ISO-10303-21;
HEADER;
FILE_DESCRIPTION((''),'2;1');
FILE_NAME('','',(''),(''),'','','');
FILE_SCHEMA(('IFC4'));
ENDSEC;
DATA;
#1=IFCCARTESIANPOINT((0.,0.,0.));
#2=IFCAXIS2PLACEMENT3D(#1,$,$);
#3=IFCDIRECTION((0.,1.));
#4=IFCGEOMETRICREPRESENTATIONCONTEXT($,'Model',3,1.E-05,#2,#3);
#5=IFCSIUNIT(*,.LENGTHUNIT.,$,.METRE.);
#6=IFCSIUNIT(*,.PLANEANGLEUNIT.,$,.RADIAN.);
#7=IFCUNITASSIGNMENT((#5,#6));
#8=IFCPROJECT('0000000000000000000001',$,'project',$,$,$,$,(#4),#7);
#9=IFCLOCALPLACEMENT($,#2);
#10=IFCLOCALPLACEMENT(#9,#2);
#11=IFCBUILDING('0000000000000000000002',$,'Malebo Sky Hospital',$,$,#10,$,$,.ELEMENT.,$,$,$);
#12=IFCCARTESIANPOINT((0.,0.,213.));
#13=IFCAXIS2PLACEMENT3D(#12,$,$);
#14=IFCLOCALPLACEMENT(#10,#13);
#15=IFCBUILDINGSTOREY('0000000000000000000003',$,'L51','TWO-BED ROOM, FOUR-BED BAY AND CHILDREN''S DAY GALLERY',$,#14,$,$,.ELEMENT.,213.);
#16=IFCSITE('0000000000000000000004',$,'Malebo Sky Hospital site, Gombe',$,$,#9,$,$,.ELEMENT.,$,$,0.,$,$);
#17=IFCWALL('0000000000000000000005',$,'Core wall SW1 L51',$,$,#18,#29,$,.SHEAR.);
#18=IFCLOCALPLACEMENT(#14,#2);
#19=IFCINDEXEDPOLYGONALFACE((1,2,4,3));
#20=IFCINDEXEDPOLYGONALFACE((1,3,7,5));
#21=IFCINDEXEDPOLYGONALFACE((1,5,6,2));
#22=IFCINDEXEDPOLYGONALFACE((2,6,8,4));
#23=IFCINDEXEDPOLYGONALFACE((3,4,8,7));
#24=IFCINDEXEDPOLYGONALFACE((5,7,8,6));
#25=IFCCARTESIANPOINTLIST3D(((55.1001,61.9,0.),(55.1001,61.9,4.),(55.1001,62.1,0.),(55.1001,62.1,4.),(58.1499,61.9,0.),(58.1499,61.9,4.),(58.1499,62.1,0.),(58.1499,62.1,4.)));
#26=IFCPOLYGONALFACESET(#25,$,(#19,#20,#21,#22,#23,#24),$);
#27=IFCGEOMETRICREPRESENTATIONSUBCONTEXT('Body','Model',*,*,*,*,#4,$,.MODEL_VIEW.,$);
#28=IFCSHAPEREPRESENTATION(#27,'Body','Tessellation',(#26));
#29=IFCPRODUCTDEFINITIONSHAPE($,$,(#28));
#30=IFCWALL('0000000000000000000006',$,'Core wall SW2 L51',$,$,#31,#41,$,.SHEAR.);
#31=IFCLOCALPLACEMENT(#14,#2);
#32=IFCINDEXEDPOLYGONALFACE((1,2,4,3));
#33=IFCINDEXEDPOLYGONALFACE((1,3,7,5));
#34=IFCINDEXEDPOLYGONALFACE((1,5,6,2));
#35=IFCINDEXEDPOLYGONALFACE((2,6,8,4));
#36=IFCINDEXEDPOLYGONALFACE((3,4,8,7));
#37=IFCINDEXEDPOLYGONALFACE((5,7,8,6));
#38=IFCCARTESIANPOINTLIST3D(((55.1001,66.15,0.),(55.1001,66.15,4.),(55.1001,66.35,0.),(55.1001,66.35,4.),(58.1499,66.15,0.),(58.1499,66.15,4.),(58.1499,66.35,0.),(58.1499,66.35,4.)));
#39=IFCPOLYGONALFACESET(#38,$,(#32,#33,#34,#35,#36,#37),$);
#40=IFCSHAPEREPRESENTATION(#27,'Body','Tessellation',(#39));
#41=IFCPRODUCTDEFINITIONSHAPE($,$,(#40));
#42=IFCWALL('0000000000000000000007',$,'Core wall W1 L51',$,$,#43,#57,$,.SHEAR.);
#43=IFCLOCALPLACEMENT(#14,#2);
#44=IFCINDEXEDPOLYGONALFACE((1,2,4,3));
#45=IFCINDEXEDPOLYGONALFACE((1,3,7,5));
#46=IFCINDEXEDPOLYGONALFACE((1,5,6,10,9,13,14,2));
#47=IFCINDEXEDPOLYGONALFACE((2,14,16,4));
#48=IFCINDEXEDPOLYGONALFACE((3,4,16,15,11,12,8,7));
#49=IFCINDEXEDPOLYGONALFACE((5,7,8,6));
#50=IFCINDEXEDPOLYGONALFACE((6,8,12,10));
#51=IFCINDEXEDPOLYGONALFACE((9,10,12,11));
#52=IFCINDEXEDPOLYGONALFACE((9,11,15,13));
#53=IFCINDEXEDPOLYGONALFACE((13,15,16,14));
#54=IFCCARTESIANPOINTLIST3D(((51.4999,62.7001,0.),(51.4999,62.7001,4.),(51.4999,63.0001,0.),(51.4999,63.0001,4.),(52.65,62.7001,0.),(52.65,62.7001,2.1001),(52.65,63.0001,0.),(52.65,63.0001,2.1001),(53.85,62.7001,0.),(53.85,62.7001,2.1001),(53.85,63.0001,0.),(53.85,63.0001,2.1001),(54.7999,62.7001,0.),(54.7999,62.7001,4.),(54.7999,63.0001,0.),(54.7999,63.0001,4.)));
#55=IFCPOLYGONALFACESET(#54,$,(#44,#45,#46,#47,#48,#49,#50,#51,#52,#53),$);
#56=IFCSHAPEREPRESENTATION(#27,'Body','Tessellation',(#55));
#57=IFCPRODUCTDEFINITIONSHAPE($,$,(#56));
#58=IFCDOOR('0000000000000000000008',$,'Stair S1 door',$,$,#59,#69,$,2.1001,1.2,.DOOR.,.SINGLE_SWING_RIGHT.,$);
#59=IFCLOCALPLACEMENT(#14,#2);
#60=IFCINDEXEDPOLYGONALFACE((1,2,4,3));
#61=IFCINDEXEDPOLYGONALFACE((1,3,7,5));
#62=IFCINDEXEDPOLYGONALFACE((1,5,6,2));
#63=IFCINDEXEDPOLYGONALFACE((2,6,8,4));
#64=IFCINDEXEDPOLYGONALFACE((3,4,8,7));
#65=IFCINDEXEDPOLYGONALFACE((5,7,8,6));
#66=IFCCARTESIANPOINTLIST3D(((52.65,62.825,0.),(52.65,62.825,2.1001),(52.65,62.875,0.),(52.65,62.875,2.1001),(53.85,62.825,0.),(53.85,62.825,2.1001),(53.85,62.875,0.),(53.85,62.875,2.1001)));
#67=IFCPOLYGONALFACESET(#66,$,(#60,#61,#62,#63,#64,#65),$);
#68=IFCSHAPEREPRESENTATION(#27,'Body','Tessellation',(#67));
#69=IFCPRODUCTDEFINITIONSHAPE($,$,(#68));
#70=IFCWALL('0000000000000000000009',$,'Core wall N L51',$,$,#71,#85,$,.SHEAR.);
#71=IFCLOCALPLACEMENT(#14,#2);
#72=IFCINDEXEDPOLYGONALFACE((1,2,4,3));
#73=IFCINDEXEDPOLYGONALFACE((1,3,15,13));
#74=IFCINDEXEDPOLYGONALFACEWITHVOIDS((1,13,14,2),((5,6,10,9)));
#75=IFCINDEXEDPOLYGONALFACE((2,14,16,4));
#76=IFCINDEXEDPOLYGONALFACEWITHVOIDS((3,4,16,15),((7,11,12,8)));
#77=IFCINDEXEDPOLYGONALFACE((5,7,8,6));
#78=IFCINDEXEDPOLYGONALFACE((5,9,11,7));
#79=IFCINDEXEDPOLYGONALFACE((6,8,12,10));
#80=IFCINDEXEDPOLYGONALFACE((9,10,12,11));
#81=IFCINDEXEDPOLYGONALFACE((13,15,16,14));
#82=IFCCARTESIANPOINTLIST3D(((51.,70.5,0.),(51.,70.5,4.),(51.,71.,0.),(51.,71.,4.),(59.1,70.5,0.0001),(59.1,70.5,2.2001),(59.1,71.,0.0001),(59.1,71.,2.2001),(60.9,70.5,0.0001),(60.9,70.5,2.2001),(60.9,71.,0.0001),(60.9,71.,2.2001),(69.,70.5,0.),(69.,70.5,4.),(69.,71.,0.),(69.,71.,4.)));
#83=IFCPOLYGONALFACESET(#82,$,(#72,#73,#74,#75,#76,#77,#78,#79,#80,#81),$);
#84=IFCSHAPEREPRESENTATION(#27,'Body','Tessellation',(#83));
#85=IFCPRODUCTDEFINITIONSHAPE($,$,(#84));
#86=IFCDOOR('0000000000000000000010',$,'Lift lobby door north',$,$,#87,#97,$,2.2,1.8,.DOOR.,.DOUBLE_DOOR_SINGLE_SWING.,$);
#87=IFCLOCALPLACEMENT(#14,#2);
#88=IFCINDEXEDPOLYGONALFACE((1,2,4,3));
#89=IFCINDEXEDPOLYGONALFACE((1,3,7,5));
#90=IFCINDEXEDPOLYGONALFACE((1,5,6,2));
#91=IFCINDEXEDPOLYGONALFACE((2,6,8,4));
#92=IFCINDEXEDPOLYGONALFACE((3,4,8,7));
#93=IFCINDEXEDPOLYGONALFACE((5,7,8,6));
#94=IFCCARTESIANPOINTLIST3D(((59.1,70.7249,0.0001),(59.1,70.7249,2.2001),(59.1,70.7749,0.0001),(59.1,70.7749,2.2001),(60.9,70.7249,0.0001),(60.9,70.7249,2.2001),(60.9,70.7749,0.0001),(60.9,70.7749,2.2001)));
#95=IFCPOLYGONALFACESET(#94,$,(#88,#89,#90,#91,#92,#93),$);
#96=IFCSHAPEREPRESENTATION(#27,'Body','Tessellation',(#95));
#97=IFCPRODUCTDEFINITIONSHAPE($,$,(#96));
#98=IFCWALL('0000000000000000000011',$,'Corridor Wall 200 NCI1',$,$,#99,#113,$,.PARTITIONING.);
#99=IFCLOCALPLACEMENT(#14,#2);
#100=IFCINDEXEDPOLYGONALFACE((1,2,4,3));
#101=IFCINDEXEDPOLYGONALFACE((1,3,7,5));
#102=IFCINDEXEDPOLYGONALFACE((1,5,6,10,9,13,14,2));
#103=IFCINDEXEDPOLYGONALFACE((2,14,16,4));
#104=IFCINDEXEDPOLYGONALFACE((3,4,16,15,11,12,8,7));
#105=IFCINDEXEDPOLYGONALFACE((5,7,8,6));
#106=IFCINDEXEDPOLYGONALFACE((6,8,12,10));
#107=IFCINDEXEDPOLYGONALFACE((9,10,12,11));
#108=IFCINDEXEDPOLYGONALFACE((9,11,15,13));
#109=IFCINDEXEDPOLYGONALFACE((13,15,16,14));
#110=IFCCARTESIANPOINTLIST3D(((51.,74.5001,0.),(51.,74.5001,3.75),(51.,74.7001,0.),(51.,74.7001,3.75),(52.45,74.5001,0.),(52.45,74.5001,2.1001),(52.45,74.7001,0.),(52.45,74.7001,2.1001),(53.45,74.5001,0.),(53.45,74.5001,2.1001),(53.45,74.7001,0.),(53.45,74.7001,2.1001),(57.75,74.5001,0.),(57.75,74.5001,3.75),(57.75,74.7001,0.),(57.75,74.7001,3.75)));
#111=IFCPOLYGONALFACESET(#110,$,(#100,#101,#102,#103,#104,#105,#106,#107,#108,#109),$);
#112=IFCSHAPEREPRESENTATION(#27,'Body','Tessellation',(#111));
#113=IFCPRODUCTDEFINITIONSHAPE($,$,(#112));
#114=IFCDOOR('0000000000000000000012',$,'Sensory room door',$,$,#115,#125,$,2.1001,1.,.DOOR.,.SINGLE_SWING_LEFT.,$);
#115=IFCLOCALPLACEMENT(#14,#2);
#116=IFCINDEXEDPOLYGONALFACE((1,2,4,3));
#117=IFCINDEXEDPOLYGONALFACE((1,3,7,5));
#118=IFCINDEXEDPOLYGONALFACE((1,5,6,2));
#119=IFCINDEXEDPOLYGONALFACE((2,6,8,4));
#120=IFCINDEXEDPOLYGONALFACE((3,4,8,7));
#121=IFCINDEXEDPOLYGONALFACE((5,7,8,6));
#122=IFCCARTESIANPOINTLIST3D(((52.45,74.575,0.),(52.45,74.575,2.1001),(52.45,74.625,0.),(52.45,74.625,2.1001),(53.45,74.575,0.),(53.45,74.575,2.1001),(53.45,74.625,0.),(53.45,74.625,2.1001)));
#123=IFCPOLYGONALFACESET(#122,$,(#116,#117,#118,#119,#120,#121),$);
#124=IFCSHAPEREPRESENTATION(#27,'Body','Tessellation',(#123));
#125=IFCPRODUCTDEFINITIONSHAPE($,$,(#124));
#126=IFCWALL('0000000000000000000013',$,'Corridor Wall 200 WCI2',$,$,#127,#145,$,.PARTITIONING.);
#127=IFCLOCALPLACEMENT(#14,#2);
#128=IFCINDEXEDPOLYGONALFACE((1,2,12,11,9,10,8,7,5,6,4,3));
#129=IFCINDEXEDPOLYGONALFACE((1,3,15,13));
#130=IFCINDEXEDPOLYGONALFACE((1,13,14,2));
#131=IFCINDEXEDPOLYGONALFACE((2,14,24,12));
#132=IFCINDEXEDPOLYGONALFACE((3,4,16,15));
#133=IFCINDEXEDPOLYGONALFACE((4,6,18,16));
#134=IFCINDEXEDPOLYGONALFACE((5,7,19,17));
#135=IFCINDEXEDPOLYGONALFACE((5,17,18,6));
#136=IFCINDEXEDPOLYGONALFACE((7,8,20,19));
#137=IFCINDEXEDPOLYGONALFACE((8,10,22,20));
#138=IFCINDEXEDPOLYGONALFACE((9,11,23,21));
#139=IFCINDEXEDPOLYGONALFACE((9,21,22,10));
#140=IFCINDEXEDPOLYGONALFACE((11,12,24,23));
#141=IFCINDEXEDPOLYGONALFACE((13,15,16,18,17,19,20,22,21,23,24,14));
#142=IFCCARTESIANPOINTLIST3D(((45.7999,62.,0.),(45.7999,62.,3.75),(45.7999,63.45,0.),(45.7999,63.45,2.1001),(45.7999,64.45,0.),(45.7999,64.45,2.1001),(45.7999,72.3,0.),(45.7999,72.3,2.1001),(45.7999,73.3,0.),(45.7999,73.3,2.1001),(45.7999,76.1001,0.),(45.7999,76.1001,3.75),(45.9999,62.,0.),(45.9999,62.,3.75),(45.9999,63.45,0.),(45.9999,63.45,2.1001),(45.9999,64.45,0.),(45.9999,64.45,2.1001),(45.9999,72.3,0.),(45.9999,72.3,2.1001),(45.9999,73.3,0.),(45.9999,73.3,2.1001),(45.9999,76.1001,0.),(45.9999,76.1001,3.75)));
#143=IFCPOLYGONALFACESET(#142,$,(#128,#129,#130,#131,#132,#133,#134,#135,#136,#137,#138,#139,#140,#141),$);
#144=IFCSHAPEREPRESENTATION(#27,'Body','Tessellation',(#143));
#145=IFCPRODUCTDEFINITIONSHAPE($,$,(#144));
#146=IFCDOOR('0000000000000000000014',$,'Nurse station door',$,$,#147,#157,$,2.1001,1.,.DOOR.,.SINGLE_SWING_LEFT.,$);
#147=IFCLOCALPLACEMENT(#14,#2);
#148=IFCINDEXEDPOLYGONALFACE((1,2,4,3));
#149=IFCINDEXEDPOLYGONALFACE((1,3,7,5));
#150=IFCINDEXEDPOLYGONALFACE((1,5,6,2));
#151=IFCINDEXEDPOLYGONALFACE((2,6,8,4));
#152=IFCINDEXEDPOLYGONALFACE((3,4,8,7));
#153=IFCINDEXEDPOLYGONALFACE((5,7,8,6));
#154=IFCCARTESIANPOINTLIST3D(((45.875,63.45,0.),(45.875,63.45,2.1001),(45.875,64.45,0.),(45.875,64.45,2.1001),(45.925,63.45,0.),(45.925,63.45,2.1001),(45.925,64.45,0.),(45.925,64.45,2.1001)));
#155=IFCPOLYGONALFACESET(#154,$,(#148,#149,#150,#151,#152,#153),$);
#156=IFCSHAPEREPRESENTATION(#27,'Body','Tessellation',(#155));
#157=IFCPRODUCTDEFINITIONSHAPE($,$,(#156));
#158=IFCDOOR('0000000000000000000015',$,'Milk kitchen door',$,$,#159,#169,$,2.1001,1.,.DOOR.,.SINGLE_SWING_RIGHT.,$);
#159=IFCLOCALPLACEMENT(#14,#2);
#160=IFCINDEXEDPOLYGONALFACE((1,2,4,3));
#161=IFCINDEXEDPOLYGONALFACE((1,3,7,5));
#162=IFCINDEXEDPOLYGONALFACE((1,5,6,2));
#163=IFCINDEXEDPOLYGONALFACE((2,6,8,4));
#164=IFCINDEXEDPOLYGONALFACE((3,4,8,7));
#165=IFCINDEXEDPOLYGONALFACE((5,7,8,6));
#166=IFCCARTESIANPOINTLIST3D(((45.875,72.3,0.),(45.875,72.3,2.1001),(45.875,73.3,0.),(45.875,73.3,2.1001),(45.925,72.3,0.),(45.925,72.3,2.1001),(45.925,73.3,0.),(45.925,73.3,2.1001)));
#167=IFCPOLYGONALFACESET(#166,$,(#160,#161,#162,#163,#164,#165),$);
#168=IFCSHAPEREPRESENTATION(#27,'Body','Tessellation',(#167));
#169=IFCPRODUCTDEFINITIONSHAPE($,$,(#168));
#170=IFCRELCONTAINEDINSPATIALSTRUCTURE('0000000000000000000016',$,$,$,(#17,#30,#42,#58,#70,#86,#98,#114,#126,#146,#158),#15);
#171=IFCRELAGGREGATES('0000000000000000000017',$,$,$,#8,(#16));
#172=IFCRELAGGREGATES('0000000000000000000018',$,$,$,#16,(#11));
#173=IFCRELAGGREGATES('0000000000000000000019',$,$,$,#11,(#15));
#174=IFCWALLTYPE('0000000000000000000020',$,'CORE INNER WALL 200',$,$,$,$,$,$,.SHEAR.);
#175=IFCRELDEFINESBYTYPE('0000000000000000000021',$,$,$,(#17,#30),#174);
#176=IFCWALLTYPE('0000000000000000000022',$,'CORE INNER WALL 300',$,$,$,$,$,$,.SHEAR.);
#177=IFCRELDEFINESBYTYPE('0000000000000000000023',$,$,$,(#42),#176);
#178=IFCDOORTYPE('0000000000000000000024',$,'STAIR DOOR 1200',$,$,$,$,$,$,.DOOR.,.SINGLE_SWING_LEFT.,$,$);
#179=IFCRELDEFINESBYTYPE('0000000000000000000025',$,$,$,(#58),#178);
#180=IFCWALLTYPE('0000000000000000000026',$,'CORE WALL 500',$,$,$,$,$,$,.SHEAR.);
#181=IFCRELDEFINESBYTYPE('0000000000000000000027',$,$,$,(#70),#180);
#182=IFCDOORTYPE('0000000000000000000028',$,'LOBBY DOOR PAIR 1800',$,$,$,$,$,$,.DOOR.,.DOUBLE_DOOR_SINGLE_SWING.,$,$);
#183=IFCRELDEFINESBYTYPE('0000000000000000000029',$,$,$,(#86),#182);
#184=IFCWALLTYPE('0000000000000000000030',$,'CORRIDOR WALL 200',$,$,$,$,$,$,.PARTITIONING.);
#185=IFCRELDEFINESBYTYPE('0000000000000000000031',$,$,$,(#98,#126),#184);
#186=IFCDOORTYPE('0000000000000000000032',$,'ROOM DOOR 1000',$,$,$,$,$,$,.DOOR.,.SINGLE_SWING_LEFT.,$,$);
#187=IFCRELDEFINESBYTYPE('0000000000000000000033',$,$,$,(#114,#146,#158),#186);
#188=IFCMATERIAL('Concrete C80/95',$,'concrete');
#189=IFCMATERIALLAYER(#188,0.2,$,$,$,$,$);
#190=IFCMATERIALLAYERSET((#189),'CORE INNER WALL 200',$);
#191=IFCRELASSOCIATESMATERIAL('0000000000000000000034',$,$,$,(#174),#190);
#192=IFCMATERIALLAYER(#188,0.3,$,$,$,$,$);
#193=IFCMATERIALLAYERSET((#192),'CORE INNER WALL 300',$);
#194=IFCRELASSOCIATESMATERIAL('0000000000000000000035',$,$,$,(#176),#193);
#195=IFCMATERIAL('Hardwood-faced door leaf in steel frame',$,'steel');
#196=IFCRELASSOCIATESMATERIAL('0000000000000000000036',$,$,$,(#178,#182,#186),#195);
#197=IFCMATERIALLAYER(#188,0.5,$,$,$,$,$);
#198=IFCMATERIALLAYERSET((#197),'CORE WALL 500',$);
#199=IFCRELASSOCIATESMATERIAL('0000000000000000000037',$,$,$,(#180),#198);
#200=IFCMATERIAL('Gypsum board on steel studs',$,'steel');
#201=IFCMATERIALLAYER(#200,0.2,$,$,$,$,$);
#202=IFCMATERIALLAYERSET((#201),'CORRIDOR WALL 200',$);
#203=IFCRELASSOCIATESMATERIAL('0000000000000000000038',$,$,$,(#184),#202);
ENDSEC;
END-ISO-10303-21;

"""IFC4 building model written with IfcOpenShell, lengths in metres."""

from ifc_helpers import new_model, si_unit, direction, frame, frame_2d, origin, place, context, subcontext, project, spatial, rectangle, extrude, material, layer, layer_set, type_object, element, fill, save


model = new_model("IFC4")

# Units and contexts
model_context = context("Model", 3, precision=1e-05, world=origin(), true_north=direction((0.0, 1.0)))
body_context = subcontext(model_context, "Body", "Model", "MODEL_VIEW")
ifc_project = project(units=[si_unit("LENGTHUNIT", "METRE"), si_unit("PLANEANGLEUNIT", "RADIAN")], contexts=[model_context])

# Site, building, storey
site_placement = place(None, origin())
site = spatial("IfcSite", under=ifc_project, at=site_placement, Name="Malebo Sky Hospital site, Gombe", CompositionType="ELEMENT", RefElevation=0.0)
building_placement = place(site_placement, origin())
building = spatial("IfcBuilding", under=site, at=building_placement, Name="Malebo Sky Hospital", CompositionType="ELEMENT")
storey_placement = place(building_placement, frame((0.0, 0.0, 213.0)))
storey = spatial("IfcBuildingStorey", under=building, at=storey_placement, Name="L51", Description="TWO-BED ROOM, FOUR-BED BAY AND CHILDREN'S DAY GALLERY", CompositionType="ELEMENT", Elevation=213.0)

# Walls
ifc_material_1 = material(Name="Concrete C80/95", Category="concrete")
ifc_layer_1 = layer(ifc_material_1, 0.2)
ifc_layer_set_1 = layer_set([ifc_layer_1], Name="CORE INNER WALL 200")
wall_type_1 = type_object("IfcWallType", Name="CORE INNER WALL 200", PredefinedType="SHEAR", material=ifc_layer_set_1)
for number, where, z_axis, x_axis, name in (
    (1, (55.1001, 62.0, 0.0), (0.0, 0.0, 1.0), (1.0, 0.0, 0.0), "Core wall SW1 L51"),
    (2, (55.1001, 66.25, 0.0), (0.0, 0.0, 1.0), (1.0, 0.0, 0.0), "Core wall SW2 L51"),
):
    element("IfcWall", number, at=place(storey_placement, frame(where, z_axis=z_axis, x_axis=x_axis)), inside=storey, type_object=wall_type_1, Name=name, PredefinedType="SHEAR", context=body_context, shape_type="SweptSolid", body=[
        extrude(rectangle(XDim=3.0498, YDim=0.2, at=frame_2d((1.5249, 0.0))), origin(), (0.0, 0.0, 1.0), 4.0),
    ])

# Walls, openings, doors
ifc_layer_2 = layer(ifc_material_1, 0.3)
ifc_layer_set_2 = layer_set([ifc_layer_2], Name="CORE INNER WALL 300")
wall_type_2 = type_object("IfcWallType", Name="CORE INNER WALL 300", PredefinedType="SHEAR", material=ifc_layer_set_2)
wall_1_placement = place(storey_placement, frame((51.5, 62.8501, 0.0), z_axis=(0.0, 0.0, 1.0), x_axis=(1.0, 0.0, 0.0)))
wall_1 = element("IfcWall", 3, at=wall_1_placement, inside=storey, type_object=wall_type_2, Name="Core wall W1 L51", PredefinedType="SHEAR", context=body_context, shape_type="SweptSolid", body=[
    extrude(rectangle(XDim=3.3, YDim=0.3, at=frame_2d((1.6499, 0.0))), origin(), (0.0, 0.0, 1.0), 4.0),
])
opening_1_placement = place(wall_1_placement, frame((1.1499, 0.0, 0.0)))
opening_1 = element("IfcOpeningElement", 4, at=opening_1_placement, cuts=wall_1, PredefinedType="OPENING", context=body_context, shape_type="SweptSolid", body=[
    extrude(rectangle(XDim=1.2, YDim=2.1001, at=frame_2d((0.6001, 1.05))), frame((0.0, 0.1599, 0.0), z_axis=(0.0, -1.0, 0.0), x_axis=(1.0, 0.0, 0.0)), (0.0, 0.0, 1.0), 0.3201),
])
ifc_material_2 = material(Name="Hardwood-faced door leaf in steel frame", Category="steel")
door_type_1 = type_object("IfcDoorType", Name="STAIR DOOR 1200", OperationType="SINGLE_SWING_LEFT", PredefinedType="DOOR", material=ifc_material_2)
door_1_placement = place(opening_1_placement, origin())
door_1 = element("IfcDoor", 5, at=door_1_placement, inside=storey, type_object=door_type_1, Name="Stair S1 door", OperationType="SINGLE_SWING_RIGHT", OverallHeight=2.1001, OverallWidth=1.2, PredefinedType="DOOR", context=body_context, shape_type="SweptSolid", body=[
    extrude(rectangle(XDim=1.2, YDim=2.1001, at=frame_2d((0.6001, 1.05))), frame((0.0, 0.0249, 0.0), z_axis=(0.0, -1.0, 0.0), x_axis=(1.0, 0.0, 0.0)), (0.0, 0.0, 1.0), 0.05),
])
fill(opening_1, door_1)
ifc_layer_3 = layer(ifc_material_1, 0.5)
ifc_layer_set_3 = layer_set([ifc_layer_3], Name="CORE WALL 500")
wall_type_3 = type_object("IfcWallType", Name="CORE WALL 500", PredefinedType="SHEAR", material=ifc_layer_set_3)
wall_2_placement = place(storey_placement, frame((51.0, 70.75, 0.0), z_axis=(0.0, 0.0, 1.0), x_axis=(1.0, 0.0, 0.0)))
wall_2 = element("IfcWall", 6, at=wall_2_placement, inside=storey, type_object=wall_type_3, Name="Core wall N L51", PredefinedType="SHEAR", context=body_context, shape_type="SweptSolid", body=[
    extrude(rectangle(XDim=18.0, YDim=0.5, at=frame_2d((9.0, 0.0))), origin(), (0.0, 0.0, 1.0), 4.0),
])
opening_2_placement = place(wall_2_placement, frame((8.1001, 0.0, 0.0)))
opening_2 = element("IfcOpeningElement", 7, at=opening_2_placement, cuts=wall_2, PredefinedType="OPENING", context=body_context, shape_type="SweptSolid", body=[
    extrude(rectangle(XDim=1.8, YDim=2.2, at=frame_2d((0.8999, 1.1001))), frame((0.0, 0.26, 0.0), z_axis=(0.0, -1.0, 0.0), x_axis=(1.0, 0.0, 0.0)), (0.0, 0.0, 1.0), 0.52),
])
door_type_2 = type_object("IfcDoorType", Name="LOBBY DOOR PAIR 1800", OperationType="DOUBLE_DOOR_SINGLE_SWING", PredefinedType="DOOR", material=ifc_material_2)
door_2_placement = place(opening_2_placement, origin())
door_2 = element("IfcDoor", 8, at=door_2_placement, inside=storey, type_object=door_type_2, Name="Lift lobby door north", OperationType="DOUBLE_DOOR_SINGLE_SWING", OverallHeight=2.2, OverallWidth=1.8, PredefinedType="DOOR", context=body_context, shape_type="SweptSolid", body=[
    extrude(rectangle(XDim=1.8, YDim=2.2, at=frame_2d((0.8999, 1.1001))), frame((0.0, 0.0249, 0.0), z_axis=(0.0, -1.0, 0.0), x_axis=(1.0, 0.0, 0.0)), (0.0, 0.0, 1.0), 0.05),
])
fill(opening_2, door_2)
ifc_material_3 = material(Name="Gypsum board on steel studs", Category="steel")
ifc_layer_4 = layer(ifc_material_3, 0.2)
ifc_layer_set_4 = layer_set([ifc_layer_4], Name="CORRIDOR WALL 200")
wall_type_4 = type_object("IfcWallType", Name="CORRIDOR WALL 200", PredefinedType="PARTITIONING", material=ifc_layer_set_4)
wall_3_placement = place(storey_placement, frame((51.0, 74.6001, 0.0), z_axis=(0.0, 0.0, 1.0), x_axis=(1.0, 0.0, 0.0)))
wall_3 = element("IfcWall", 9, at=wall_3_placement, inside=storey, type_object=wall_type_4, Name="Corridor Wall 200 NCI1", PredefinedType="PARTITIONING", context=body_context, shape_type="SweptSolid", body=[
    extrude(rectangle(XDim=6.75, YDim=0.2, at=frame_2d((3.375, 0.0))), origin(), (0.0, 0.0, 1.0), 3.75),
])
opening_3_placement = place(wall_3_placement, frame((1.45, 0.0, 0.0)))
opening_3 = element("IfcOpeningElement", 10, at=opening_3_placement, cuts=wall_3, PredefinedType="OPENING", context=body_context, shape_type="SweptSolid", body=[
    extrude(rectangle(XDim=1.0, YDim=2.1001, at=frame_2d((0.5, 1.05))), frame((0.0, 0.1099, 0.0), z_axis=(0.0, -1.0, 0.0), x_axis=(1.0, 0.0, 0.0)), (0.0, 0.0, 1.0), 0.22),
])
door_type_3 = type_object("IfcDoorType", Name="ROOM DOOR 1000", OperationType="SINGLE_SWING_LEFT", PredefinedType="DOOR", material=ifc_material_2)
door_3_placement = place(opening_3_placement, origin())
door_3 = element("IfcDoor", 11, at=door_3_placement, inside=storey, type_object=door_type_3, Name="Sensory room door", OperationType="SINGLE_SWING_LEFT", OverallHeight=2.1001, OverallWidth=1.0, PredefinedType="DOOR", context=body_context, shape_type="SweptSolid", body=[
    extrude(rectangle(XDim=1.0, YDim=2.1001, at=frame_2d((0.5, 1.05))), frame((0.0, 0.0249, 0.0), z_axis=(0.0, -1.0, 0.0), x_axis=(1.0, 0.0, 0.0)), (0.0, 0.0, 1.0), 0.05),
])
fill(opening_3, door_3)

# Wall, openings, doors
wall_4_placement = place(storey_placement, frame((45.8999, 62.0, 0.0), z_axis=(0.0, 0.0, 1.0), x_axis=(0.0, 1.0, 0.0)))
wall_4 = element("IfcWall", 12, at=wall_4_placement, inside=storey, type_object=wall_type_4, Name="Corridor Wall 200 WCI2", PredefinedType="PARTITIONING", context=body_context, shape_type="SweptSolid", body=[
    extrude(rectangle(XDim=14.1001, YDim=0.2, at=frame_2d((7.05, 0.0))), origin(), (0.0, 0.0, 1.0), 3.75),
])
opening_4_placement = place(wall_4_placement, frame((1.45, 0.0, 0.0)))
opening_4 = element("IfcOpeningElement", 13, at=opening_4_placement, cuts=wall_4, PredefinedType="OPENING", context=body_context, shape_type="SweptSolid", body=[
    extrude(rectangle(XDim=1.0, YDim=2.1001, at=frame_2d((0.5, 1.05))), frame((0.0, 0.1099, 0.0), z_axis=(0.0, -1.0, 0.0), x_axis=(1.0, 0.0, 0.0)), (0.0, 0.0, 1.0), 0.22),
])
opening_5_placement = place(wall_4_placement, frame((10.3, 0.0, 0.0)))
opening_5 = element("IfcOpeningElement", 14, at=opening_5_placement, cuts=wall_4, PredefinedType="OPENING", context=body_context, shape_type="SweptSolid", body=[
    extrude(rectangle(XDim=1.0, YDim=2.1001, at=frame_2d((0.5, 1.05))), frame((0.0, 0.1099, 0.0), z_axis=(0.0, -1.0, 0.0), x_axis=(1.0, 0.0, 0.0)), (0.0, 0.0, 1.0), 0.22),
])
door_4_placement = place(opening_4_placement, origin())
door_4 = element("IfcDoor", 15, at=door_4_placement, inside=storey, type_object=door_type_3, Name="Nurse station door", OperationType="SINGLE_SWING_LEFT", OverallHeight=2.1001, OverallWidth=1.0, PredefinedType="DOOR", context=body_context, shape_type="SweptSolid", body=[
    extrude(rectangle(XDim=1.0, YDim=2.1001, at=frame_2d((0.5, 1.05))), frame((0.0, 0.0249, 0.0), z_axis=(0.0, -1.0, 0.0), x_axis=(1.0, 0.0, 0.0)), (0.0, 0.0, 1.0), 0.05),
])
fill(opening_4, door_4)
door_5_placement = place(opening_5_placement, origin())
door_5 = element("IfcDoor", 16, at=door_5_placement, inside=storey, type_object=door_type_3, Name="Milk kitchen door", OperationType="SINGLE_SWING_RIGHT", OverallHeight=2.1001, OverallWidth=1.0, PredefinedType="DOOR", context=body_context, shape_type="SweptSolid", body=[
    extrude(rectangle(XDim=1.0, YDim=2.1001, at=frame_2d((0.5, 1.05))), frame((0.0, 0.0249, 0.0), z_axis=(0.0, -1.0, 0.0), x_axis=(1.0, 0.0, 0.0)), (0.0, 0.0, 1.0), 0.05),
])
fill(opening_5, door_5)

save(model, "model.ifc")
